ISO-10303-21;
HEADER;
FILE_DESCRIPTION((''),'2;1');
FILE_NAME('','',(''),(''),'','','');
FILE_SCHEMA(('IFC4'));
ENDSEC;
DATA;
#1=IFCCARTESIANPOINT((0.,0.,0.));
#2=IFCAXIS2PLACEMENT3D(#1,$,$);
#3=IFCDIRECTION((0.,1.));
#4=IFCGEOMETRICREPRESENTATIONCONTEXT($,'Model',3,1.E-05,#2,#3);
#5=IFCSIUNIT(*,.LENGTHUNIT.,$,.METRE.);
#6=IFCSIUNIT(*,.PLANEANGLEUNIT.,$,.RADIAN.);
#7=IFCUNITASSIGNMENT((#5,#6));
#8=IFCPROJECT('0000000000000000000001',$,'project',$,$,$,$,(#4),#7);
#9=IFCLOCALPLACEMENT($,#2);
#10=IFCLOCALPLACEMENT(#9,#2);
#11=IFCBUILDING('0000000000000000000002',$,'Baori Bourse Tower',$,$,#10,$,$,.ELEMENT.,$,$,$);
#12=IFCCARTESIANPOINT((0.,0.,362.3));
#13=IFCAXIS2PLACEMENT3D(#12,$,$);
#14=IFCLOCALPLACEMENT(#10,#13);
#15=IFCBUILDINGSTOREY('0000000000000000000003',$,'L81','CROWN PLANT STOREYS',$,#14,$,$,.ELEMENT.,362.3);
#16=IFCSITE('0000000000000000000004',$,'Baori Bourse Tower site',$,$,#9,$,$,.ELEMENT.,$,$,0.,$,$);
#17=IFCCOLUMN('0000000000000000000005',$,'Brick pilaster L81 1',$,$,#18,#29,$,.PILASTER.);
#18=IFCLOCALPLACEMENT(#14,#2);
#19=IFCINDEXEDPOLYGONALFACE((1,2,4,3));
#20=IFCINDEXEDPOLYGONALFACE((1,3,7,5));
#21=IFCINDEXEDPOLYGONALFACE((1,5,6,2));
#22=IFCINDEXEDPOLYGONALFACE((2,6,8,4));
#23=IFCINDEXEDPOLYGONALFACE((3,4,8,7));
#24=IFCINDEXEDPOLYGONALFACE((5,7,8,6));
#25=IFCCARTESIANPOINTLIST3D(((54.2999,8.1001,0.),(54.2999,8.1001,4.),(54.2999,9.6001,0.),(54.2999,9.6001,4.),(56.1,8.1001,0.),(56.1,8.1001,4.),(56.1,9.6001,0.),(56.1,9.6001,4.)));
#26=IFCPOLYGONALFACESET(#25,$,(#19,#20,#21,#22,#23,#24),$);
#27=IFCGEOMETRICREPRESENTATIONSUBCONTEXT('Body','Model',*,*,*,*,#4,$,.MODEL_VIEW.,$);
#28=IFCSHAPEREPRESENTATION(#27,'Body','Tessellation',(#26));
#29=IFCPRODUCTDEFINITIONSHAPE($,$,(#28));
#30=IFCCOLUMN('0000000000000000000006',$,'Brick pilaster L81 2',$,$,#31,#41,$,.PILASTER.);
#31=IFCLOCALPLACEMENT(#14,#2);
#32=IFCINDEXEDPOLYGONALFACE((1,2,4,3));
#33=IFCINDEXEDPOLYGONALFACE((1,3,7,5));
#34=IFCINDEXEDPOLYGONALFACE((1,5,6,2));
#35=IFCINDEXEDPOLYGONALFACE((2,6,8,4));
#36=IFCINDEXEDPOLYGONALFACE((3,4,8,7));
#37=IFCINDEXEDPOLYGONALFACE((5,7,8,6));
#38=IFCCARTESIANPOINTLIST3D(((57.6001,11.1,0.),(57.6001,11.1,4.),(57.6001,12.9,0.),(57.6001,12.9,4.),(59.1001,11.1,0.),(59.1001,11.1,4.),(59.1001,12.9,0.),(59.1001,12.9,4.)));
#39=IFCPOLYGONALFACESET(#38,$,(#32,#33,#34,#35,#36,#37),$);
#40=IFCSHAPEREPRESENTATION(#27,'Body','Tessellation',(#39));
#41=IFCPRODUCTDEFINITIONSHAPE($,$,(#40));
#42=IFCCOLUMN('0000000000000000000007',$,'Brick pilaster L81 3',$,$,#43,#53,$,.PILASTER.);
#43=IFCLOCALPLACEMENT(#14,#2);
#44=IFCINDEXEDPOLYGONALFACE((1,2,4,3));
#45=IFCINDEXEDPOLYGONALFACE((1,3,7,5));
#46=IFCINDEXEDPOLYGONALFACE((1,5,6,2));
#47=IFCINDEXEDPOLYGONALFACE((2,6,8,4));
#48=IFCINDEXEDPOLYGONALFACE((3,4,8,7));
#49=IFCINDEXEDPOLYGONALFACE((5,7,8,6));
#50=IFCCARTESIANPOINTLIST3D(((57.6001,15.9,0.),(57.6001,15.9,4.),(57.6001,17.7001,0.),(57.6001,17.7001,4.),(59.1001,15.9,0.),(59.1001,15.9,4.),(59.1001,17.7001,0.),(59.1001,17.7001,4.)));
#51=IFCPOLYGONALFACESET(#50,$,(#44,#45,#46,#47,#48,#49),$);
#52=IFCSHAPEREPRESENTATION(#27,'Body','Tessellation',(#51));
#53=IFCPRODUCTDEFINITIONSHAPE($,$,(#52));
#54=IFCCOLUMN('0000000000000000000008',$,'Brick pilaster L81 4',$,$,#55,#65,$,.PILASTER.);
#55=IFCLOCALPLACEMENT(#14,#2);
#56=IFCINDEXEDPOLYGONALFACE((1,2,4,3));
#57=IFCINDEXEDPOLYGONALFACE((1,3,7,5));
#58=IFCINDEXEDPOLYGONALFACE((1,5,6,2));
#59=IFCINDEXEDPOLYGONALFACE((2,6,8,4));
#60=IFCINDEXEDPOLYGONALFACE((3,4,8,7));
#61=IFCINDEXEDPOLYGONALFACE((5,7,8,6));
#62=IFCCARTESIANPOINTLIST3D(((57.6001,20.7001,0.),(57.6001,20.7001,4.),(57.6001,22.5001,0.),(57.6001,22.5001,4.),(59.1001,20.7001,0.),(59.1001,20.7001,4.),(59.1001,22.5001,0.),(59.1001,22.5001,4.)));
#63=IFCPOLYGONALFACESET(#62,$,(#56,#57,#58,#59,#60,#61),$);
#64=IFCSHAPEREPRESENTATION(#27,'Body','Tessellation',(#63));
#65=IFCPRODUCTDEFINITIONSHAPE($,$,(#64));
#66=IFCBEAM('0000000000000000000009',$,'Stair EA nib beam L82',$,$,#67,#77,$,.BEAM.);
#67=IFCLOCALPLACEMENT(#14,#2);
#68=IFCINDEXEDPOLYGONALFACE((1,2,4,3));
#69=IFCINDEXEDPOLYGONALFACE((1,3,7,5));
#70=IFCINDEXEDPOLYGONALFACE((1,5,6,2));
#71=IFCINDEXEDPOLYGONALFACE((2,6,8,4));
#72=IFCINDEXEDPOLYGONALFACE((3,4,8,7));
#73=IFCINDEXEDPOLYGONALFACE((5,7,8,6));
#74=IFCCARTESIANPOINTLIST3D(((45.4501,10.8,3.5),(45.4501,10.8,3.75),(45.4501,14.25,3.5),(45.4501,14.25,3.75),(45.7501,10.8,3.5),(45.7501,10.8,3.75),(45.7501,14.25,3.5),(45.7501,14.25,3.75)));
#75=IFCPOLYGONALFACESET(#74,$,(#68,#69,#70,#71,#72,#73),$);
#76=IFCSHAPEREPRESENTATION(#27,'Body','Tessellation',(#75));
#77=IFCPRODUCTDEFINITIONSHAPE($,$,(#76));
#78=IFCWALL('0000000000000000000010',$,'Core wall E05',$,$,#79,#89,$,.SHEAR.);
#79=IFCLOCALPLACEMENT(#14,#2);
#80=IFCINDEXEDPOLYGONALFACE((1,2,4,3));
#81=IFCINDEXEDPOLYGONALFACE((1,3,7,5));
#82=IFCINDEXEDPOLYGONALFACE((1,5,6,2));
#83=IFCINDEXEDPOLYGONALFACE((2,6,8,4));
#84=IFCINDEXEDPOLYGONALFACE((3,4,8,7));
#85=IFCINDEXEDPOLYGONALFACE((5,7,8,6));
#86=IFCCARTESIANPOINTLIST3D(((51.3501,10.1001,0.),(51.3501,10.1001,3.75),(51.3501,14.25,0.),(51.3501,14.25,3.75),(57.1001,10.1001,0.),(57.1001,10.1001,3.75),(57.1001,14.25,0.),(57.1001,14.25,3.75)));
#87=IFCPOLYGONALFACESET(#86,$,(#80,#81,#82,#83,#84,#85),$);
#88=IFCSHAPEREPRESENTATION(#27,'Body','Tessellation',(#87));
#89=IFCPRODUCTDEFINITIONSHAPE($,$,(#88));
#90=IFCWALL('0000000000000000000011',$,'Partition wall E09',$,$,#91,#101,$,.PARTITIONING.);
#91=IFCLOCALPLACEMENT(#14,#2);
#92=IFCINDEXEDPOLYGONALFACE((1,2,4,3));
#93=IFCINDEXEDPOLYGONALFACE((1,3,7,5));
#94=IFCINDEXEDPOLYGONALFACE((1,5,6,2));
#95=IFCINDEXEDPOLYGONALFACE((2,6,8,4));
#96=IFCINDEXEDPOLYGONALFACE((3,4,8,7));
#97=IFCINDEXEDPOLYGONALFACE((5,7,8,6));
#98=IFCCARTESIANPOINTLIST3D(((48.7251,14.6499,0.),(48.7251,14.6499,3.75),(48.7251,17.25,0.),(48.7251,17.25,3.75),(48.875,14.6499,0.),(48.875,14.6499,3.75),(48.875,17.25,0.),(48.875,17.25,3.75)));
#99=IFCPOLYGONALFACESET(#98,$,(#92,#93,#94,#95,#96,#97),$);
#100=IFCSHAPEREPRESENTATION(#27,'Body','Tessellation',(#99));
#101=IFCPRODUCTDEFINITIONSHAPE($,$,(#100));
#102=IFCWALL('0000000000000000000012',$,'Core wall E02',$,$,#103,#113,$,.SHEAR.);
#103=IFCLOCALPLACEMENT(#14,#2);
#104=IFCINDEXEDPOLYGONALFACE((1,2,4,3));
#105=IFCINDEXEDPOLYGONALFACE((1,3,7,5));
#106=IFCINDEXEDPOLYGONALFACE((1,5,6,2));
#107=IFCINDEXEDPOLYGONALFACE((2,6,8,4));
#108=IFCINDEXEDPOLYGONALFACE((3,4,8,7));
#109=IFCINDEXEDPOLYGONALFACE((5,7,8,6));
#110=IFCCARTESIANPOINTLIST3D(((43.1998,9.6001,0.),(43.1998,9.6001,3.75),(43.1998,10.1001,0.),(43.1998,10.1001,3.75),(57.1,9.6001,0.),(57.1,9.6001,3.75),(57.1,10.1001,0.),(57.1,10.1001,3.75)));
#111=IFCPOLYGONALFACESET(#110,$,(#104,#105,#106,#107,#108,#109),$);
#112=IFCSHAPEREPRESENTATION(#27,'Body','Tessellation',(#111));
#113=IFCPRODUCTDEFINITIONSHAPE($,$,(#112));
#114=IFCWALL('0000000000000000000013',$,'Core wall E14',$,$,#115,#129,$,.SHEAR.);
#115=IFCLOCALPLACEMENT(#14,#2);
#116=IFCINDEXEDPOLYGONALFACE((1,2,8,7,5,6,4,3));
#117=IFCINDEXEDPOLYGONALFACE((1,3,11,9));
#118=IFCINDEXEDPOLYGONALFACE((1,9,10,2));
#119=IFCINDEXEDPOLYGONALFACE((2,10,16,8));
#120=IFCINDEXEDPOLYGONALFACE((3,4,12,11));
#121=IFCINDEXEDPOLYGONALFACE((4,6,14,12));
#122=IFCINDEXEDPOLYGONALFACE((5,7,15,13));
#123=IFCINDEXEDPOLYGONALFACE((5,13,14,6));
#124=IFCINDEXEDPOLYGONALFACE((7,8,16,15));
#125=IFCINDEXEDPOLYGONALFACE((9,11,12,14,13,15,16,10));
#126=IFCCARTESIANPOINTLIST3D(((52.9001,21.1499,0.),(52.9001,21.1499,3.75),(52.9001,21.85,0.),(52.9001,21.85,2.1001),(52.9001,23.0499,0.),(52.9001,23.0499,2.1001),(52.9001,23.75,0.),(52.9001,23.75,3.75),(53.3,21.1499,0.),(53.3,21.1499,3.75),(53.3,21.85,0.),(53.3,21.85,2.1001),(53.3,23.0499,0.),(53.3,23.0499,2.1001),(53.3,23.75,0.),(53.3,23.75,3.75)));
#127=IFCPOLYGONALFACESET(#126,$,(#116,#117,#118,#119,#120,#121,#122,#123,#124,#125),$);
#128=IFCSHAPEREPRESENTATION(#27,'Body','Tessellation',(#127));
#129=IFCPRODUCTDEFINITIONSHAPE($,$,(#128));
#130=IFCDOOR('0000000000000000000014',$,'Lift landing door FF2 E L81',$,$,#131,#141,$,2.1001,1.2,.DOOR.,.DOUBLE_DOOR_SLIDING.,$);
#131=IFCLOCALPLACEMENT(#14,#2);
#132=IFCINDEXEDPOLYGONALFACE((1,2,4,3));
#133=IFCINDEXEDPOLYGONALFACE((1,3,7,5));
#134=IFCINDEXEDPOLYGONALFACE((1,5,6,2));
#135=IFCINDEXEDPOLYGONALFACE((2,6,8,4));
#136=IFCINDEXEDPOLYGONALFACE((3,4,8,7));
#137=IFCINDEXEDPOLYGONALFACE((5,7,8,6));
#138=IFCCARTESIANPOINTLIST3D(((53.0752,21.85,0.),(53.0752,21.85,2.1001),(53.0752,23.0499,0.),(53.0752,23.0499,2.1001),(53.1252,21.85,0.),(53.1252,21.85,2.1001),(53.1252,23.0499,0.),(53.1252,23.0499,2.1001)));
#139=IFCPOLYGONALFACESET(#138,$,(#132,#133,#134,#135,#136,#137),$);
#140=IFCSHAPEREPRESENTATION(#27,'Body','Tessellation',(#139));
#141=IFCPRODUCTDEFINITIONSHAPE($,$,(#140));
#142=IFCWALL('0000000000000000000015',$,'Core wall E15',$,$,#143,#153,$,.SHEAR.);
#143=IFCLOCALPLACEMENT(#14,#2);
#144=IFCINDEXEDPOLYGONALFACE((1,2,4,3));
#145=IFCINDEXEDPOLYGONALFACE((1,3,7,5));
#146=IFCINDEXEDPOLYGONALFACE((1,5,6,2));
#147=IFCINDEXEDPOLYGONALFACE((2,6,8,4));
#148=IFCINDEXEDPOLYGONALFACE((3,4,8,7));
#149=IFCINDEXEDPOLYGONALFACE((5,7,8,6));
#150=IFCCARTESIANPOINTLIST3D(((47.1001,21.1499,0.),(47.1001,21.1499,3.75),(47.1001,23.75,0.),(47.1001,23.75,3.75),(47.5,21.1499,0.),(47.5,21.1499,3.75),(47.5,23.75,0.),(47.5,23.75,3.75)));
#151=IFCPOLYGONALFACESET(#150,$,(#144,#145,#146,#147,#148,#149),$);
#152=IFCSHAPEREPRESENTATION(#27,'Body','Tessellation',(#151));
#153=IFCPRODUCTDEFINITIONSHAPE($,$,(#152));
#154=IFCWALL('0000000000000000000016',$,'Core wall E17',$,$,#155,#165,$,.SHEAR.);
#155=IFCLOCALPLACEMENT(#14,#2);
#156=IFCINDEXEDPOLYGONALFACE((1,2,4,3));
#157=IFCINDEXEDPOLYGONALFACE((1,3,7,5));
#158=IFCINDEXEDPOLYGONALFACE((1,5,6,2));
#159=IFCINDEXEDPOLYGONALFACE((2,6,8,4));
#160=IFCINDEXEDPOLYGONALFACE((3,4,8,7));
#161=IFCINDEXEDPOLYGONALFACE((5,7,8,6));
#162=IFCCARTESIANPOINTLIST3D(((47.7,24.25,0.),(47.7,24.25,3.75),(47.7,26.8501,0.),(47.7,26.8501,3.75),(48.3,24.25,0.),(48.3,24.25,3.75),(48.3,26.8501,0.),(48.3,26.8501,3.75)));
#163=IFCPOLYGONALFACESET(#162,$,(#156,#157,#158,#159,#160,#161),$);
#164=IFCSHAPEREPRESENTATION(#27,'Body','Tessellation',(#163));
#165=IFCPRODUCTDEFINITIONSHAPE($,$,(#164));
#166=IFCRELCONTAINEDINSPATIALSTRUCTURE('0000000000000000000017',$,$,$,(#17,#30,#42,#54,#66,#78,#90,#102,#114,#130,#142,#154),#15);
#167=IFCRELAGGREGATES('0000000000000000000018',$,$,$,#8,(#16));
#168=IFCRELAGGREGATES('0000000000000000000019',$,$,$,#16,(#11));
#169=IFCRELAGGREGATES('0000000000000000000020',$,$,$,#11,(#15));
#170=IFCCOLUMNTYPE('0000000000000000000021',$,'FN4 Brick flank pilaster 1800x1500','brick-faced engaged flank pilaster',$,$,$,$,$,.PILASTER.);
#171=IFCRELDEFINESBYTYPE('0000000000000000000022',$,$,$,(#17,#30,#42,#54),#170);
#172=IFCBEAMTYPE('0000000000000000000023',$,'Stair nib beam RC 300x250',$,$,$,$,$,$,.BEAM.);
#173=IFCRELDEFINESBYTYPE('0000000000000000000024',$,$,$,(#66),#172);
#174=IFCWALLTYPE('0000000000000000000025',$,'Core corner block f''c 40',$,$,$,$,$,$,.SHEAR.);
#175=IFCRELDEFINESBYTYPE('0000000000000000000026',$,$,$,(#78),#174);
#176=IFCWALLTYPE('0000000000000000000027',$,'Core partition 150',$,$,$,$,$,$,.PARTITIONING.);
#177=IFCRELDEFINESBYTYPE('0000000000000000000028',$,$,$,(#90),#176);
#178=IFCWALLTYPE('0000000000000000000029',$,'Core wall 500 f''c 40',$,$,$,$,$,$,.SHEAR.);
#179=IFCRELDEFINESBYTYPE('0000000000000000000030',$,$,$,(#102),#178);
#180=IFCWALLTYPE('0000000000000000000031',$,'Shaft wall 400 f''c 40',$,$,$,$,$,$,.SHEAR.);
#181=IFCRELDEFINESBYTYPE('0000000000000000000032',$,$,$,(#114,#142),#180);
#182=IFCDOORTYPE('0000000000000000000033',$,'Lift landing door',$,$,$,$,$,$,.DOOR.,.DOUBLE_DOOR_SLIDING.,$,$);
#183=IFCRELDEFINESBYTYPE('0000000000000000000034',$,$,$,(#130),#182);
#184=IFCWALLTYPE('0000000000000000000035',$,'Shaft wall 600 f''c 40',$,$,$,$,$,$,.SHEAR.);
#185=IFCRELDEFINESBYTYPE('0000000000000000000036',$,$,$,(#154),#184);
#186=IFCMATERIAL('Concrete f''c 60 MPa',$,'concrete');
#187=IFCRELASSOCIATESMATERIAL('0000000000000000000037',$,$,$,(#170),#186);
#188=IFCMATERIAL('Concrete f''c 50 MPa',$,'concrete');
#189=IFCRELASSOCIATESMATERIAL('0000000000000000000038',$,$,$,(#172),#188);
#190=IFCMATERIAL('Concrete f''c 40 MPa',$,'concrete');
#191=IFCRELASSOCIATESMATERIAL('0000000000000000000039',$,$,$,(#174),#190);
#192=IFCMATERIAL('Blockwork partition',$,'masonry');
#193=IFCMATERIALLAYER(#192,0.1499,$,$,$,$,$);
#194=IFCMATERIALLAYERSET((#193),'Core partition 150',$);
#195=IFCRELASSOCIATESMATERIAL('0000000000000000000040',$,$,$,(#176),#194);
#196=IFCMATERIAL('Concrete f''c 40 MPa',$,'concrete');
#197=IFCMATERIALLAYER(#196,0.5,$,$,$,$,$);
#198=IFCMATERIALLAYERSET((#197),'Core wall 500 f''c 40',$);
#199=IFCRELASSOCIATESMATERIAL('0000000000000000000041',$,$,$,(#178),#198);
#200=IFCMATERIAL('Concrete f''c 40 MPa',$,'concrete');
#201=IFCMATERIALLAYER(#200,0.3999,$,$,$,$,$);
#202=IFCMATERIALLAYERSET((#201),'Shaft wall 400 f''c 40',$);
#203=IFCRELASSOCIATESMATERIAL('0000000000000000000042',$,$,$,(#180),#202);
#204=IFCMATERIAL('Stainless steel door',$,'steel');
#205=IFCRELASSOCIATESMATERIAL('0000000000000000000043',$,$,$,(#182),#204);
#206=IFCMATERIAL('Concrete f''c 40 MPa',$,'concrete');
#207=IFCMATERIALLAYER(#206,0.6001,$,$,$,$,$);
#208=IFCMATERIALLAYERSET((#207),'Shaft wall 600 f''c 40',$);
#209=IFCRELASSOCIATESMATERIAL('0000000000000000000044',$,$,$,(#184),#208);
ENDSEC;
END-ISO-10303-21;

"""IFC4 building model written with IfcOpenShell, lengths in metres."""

from ifc_helpers import new_model, si_unit, direction, frame, frame_2d, origin, origin_2d, place, context, subcontext, project, spatial, rectangle, extrude, material, layer, layer_set, material_profile, profile_set, type_object, element, fill, save


model = new_model("IFC4")

# Units and contexts
model_context = context("Model", 3, precision=1e-05, world=origin(), true_north=direction((0.0, 1.0)))
body_context = subcontext(model_context, "Body", "Model", "MODEL_VIEW")
ifc_project = project(units=[si_unit("LENGTHUNIT", "METRE"), si_unit("PLANEANGLEUNIT", "RADIAN")], contexts=[model_context])

# Site, building, storey
site_placement = place(None, origin())
site = spatial("IfcSite", under=ifc_project, at=site_placement, Name="Baori Bourse Tower site", CompositionType="ELEMENT", RefElevation=0.0)
building_placement = place(site_placement, origin())
building = spatial("IfcBuilding", under=site, at=building_placement, Name="Baori Bourse Tower", CompositionType="ELEMENT")
storey_placement = place(building_placement, frame((0.0, 0.0, 362.3)))
storey = spatial("IfcBuildingStorey", under=building, at=storey_placement, Name="L81", Description="CROWN PLANT STOREYS", CompositionType="ELEMENT", Elevation=362.3)

# Columns
ifc_material_1 = material(Name="Concrete f'c 60 MPa", Category="concrete")
ifc_material_profile_1 = material_profile(ifc_material_1, rectangle(XDim=1.8, YDim=1.5, at=origin_2d()), Name="RC 1800x1500")
ifc_profile_set_1 = profile_set([ifc_material_profile_1], Name="Concrete f'c 60 MPa")
column_type = type_object("IfcColumnType", Name="FN4 Brick flank pilaster 1800x1500", Description="brick-faced engaged flank pilaster", PredefinedType="PILASTER", material=ifc_profile_set_1)
for number, where, z_axis, x_axis, name in (
    (1, (55.2, 8.8501, 0.0), (0.0, 0.0, 1.0), (1.0, 0.0, 0.0), "Brick pilaster L81 1"),
    (2, (58.3501, 12.0, 0.0), (0.0, 0.0, 1.0), (0.0, 1.0, 0.0), "Brick pilaster L81 2"),
    (3, (58.3501, 16.8, 0.0), (0.0, 0.0, 1.0), (0.0, 1.0, 0.0), "Brick pilaster L81 3"),
    (4, (58.3501, 21.6001, 0.0), (0.0, 0.0, 1.0), (0.0, 1.0, 0.0), "Brick pilaster L81 4"),
):
    element("IfcColumn", number, at=place(storey_placement, frame(where, z_axis=z_axis, x_axis=x_axis)), inside=storey, type_object=column_type, Name=name, PredefinedType="PILASTER", context=body_context, shape_type="SweptSolid", body=[
        extrude(rectangle(XDim=1.8, YDim=1.5, at=origin_2d()), origin(), (0.0, 0.0, 1.0), 4.0),
    ])

# Beam
ifc_material_2 = material(Name="Concrete f'c 50 MPa", Category="concrete")
ifc_material_profile_2 = material_profile(ifc_material_2, rectangle(XDim=0.3, YDim=0.25, at=origin_2d()), Name="RC 300x250")
ifc_profile_set_2 = profile_set([ifc_material_profile_2], Name="Concrete f'c 50 MPa")
beam_type = type_object("IfcBeamType", Name="Stair nib beam RC 300x250", PredefinedType="BEAM", material=ifc_profile_set_2)
beam_placement = place(storey_placement, frame((45.6001, 10.8, 3.625), z_axis=(0.0, 1.0, 0.0), x_axis=(-1.0, 0.0, 0.0)))
element("IfcBeam", 5, at=beam_placement, inside=storey, type_object=beam_type, Name="Stair EA nib beam L82", PredefinedType="BEAM", context=body_context, shape_type="SweptSolid", body=[
    extrude(rectangle(XDim=0.3, YDim=0.25, at=origin_2d()), origin(), (0.0, 0.0, 1.0), 3.45),
])

# Walls
ifc_material_3 = material(Name="Concrete f'c 40 MPa", Category="concrete")
wall_type_1 = type_object("IfcWallType", Name="Core corner block f'c 40", PredefinedType="SHEAR", material=ifc_material_3)
wall_1_placement = place(storey_placement, frame((51.3501, 12.175, 0.0), z_axis=(0.0, 0.0, 1.0), x_axis=(1.0, 0.0, 0.0)))
element("IfcWall", 6, at=wall_1_placement, inside=storey, type_object=wall_type_1, Name="Core wall E05", PredefinedType="SHEAR", context=body_context, shape_type="SweptSolid", body=[
    extrude(rectangle(XDim=5.75, YDim=4.1499, at=frame_2d((2.875, 0.0))), origin(), (0.0, 0.0, 1.0), 3.75),
])
ifc_material_4 = material(Name="Blockwork partition", Category="masonry")
ifc_layer_1 = layer(ifc_material_4, 0.1499)
ifc_layer_set_1 = layer_set([ifc_layer_1], Name="Core partition 150")
wall_type_2 = type_object("IfcWallType", Name="Core partition 150", PredefinedType="PARTITIONING", material=ifc_layer_set_1)
wall_2_placement = place(storey_placement, frame((48.8, 14.6499, 0.0), z_axis=(0.0, 0.0, 1.0), x_axis=(0.0, 1.0, 0.0)))
element("IfcWall", 7, at=wall_2_placement, inside=storey, type_object=wall_type_2, Name="Partition wall E09", PredefinedType="PARTITIONING", context=body_context, shape_type="SweptSolid", body=[
    extrude(rectangle(XDim=2.6001, YDim=0.1499, at=frame_2d((1.3, 0.0))), origin(), (0.0, 0.0, 1.0), 3.75),
])
ifc_material_5 = material(Name="Concrete f'c 40 MPa", Category="concrete")
ifc_layer_2 = layer(ifc_material_5, 0.5)
ifc_layer_set_2 = layer_set([ifc_layer_2], Name="Core wall 500 f'c 40")
wall_type_3 = type_object("IfcWallType", Name="Core wall 500 f'c 40", PredefinedType="SHEAR", material=ifc_layer_set_2)
wall_3_placement = place(storey_placement, frame((57.1001, 9.8501, 0.0), z_axis=(0.0, 0.0, 1.0), x_axis=(-1.0, 0.0, 0.0)))
element("IfcWall", 8, at=wall_3_placement, inside=storey, type_object=wall_type_3, Name="Core wall E02", PredefinedType="SHEAR", context=body_context, shape_type="SweptSolid", body=[
    extrude(rectangle(XDim=13.9001, YDim=0.5, at=frame_2d((6.9502, 0.0))), origin(), (0.0, 0.0, 1.0), 3.75),
])

# Wall, opening, door
ifc_material_6 = material(Name="Concrete f'c 40 MPa", Category="concrete")
ifc_layer_3 = layer(ifc_material_6, 0.3999)
ifc_layer_set_3 = layer_set([ifc_layer_3], Name="Shaft wall 400 f'c 40")
wall_type_4 = type_object("IfcWallType", Name="Shaft wall 400 f'c 40", PredefinedType="SHEAR", material=ifc_layer_set_3)
wall_4_placement = place(storey_placement, frame((53.1001, 21.1499, 0.0), z_axis=(0.0, 0.0, 1.0), x_axis=(0.0, 1.0, 0.0)))
wall_4 = element("IfcWall", 9, at=wall_4_placement, inside=storey, type_object=wall_type_4, Name="Core wall E14", PredefinedType="SHEAR", context=body_context, shape_type="SweptSolid", body=[
    extrude(rectangle(XDim=2.6001, YDim=0.3999, at=frame_2d((1.3, 0.0))), origin(), (0.0, 0.0, 1.0), 3.75),
])
opening_placement = place(wall_4_placement, frame((0.7, 0.0, 0.0)))
opening = element("IfcOpeningElement", 10, at=opening_placement, cuts=wall_4, PredefinedType="OPENING", context=body_context, shape_type="SweptSolid", body=[
    extrude(rectangle(XDim=1.2, YDim=2.1001, at=frame_2d((0.6001, 1.05))), frame((0.0, 0.21, 0.0), z_axis=(0.0, -1.0, 0.0), x_axis=(1.0, 0.0, 0.0)), (0.0, 0.0, 1.0), 0.4199),
])
ifc_material_7 = material(Name="Stainless steel door", Category="steel")
door_type = type_object("IfcDoorType", Name="Lift landing door", OperationType="DOUBLE_DOOR_SLIDING", PredefinedType="DOOR", material=ifc_material_7)
door_placement = place(opening_placement, origin())
door = element("IfcDoor", 11, at=door_placement, inside=storey, type_object=door_type, Name="Lift landing door FF2 E L81", OperationType="DOUBLE_DOOR_SLIDING", OverallHeight=2.1001, OverallWidth=1.2, PredefinedType="DOOR", context=body_context, shape_type="SweptSolid", body=[
    extrude(rectangle(XDim=1.2, YDim=2.1001, at=frame_2d((0.6001, 1.05))), frame((0.0, 0.0249, 0.0), z_axis=(0.0, -1.0, 0.0), x_axis=(1.0, 0.0, 0.0)), (0.0, 0.0, 1.0), 0.05),
])
fill(opening, door)

# Walls
wall_5_placement = place(storey_placement, frame((47.3, 21.1499, 0.0), z_axis=(0.0, 0.0, 1.0), x_axis=(0.0, 1.0, 0.0)))
element("IfcWall", 12, at=wall_5_placement, inside=storey, type_object=wall_type_4, Name="Core wall E15", PredefinedType="SHEAR", context=body_context, shape_type="SweptSolid", body=[
    extrude(rectangle(XDim=2.6001, YDim=0.3999, at=frame_2d((1.3, 0.0))), origin(), (0.0, 0.0, 1.0), 3.75),
])
ifc_material_8 = material(Name="Concrete f'c 40 MPa", Category="concrete")
ifc_layer_4 = layer(ifc_material_8, 0.6001)
ifc_layer_set_4 = layer_set([ifc_layer_4], Name="Shaft wall 600 f'c 40")
wall_type_5 = type_object("IfcWallType", Name="Shaft wall 600 f'c 40", PredefinedType="SHEAR", material=ifc_layer_set_4)
wall_6_placement = place(storey_placement, frame((48.0, 24.25, 0.0), z_axis=(0.0, 0.0, 1.0), x_axis=(0.0, 1.0, 0.0)))
element("IfcWall", 13, at=wall_6_placement, inside=storey, type_object=wall_type_5, Name="Core wall E17", PredefinedType="SHEAR", context=body_context, shape_type="SweptSolid", body=[
    extrude(rectangle(XDim=2.6001, YDim=0.6001, at=frame_2d((1.3, 0.0))), origin(), (0.0, 0.0, 1.0), 3.75),
])

save(model, "model.ifc")
